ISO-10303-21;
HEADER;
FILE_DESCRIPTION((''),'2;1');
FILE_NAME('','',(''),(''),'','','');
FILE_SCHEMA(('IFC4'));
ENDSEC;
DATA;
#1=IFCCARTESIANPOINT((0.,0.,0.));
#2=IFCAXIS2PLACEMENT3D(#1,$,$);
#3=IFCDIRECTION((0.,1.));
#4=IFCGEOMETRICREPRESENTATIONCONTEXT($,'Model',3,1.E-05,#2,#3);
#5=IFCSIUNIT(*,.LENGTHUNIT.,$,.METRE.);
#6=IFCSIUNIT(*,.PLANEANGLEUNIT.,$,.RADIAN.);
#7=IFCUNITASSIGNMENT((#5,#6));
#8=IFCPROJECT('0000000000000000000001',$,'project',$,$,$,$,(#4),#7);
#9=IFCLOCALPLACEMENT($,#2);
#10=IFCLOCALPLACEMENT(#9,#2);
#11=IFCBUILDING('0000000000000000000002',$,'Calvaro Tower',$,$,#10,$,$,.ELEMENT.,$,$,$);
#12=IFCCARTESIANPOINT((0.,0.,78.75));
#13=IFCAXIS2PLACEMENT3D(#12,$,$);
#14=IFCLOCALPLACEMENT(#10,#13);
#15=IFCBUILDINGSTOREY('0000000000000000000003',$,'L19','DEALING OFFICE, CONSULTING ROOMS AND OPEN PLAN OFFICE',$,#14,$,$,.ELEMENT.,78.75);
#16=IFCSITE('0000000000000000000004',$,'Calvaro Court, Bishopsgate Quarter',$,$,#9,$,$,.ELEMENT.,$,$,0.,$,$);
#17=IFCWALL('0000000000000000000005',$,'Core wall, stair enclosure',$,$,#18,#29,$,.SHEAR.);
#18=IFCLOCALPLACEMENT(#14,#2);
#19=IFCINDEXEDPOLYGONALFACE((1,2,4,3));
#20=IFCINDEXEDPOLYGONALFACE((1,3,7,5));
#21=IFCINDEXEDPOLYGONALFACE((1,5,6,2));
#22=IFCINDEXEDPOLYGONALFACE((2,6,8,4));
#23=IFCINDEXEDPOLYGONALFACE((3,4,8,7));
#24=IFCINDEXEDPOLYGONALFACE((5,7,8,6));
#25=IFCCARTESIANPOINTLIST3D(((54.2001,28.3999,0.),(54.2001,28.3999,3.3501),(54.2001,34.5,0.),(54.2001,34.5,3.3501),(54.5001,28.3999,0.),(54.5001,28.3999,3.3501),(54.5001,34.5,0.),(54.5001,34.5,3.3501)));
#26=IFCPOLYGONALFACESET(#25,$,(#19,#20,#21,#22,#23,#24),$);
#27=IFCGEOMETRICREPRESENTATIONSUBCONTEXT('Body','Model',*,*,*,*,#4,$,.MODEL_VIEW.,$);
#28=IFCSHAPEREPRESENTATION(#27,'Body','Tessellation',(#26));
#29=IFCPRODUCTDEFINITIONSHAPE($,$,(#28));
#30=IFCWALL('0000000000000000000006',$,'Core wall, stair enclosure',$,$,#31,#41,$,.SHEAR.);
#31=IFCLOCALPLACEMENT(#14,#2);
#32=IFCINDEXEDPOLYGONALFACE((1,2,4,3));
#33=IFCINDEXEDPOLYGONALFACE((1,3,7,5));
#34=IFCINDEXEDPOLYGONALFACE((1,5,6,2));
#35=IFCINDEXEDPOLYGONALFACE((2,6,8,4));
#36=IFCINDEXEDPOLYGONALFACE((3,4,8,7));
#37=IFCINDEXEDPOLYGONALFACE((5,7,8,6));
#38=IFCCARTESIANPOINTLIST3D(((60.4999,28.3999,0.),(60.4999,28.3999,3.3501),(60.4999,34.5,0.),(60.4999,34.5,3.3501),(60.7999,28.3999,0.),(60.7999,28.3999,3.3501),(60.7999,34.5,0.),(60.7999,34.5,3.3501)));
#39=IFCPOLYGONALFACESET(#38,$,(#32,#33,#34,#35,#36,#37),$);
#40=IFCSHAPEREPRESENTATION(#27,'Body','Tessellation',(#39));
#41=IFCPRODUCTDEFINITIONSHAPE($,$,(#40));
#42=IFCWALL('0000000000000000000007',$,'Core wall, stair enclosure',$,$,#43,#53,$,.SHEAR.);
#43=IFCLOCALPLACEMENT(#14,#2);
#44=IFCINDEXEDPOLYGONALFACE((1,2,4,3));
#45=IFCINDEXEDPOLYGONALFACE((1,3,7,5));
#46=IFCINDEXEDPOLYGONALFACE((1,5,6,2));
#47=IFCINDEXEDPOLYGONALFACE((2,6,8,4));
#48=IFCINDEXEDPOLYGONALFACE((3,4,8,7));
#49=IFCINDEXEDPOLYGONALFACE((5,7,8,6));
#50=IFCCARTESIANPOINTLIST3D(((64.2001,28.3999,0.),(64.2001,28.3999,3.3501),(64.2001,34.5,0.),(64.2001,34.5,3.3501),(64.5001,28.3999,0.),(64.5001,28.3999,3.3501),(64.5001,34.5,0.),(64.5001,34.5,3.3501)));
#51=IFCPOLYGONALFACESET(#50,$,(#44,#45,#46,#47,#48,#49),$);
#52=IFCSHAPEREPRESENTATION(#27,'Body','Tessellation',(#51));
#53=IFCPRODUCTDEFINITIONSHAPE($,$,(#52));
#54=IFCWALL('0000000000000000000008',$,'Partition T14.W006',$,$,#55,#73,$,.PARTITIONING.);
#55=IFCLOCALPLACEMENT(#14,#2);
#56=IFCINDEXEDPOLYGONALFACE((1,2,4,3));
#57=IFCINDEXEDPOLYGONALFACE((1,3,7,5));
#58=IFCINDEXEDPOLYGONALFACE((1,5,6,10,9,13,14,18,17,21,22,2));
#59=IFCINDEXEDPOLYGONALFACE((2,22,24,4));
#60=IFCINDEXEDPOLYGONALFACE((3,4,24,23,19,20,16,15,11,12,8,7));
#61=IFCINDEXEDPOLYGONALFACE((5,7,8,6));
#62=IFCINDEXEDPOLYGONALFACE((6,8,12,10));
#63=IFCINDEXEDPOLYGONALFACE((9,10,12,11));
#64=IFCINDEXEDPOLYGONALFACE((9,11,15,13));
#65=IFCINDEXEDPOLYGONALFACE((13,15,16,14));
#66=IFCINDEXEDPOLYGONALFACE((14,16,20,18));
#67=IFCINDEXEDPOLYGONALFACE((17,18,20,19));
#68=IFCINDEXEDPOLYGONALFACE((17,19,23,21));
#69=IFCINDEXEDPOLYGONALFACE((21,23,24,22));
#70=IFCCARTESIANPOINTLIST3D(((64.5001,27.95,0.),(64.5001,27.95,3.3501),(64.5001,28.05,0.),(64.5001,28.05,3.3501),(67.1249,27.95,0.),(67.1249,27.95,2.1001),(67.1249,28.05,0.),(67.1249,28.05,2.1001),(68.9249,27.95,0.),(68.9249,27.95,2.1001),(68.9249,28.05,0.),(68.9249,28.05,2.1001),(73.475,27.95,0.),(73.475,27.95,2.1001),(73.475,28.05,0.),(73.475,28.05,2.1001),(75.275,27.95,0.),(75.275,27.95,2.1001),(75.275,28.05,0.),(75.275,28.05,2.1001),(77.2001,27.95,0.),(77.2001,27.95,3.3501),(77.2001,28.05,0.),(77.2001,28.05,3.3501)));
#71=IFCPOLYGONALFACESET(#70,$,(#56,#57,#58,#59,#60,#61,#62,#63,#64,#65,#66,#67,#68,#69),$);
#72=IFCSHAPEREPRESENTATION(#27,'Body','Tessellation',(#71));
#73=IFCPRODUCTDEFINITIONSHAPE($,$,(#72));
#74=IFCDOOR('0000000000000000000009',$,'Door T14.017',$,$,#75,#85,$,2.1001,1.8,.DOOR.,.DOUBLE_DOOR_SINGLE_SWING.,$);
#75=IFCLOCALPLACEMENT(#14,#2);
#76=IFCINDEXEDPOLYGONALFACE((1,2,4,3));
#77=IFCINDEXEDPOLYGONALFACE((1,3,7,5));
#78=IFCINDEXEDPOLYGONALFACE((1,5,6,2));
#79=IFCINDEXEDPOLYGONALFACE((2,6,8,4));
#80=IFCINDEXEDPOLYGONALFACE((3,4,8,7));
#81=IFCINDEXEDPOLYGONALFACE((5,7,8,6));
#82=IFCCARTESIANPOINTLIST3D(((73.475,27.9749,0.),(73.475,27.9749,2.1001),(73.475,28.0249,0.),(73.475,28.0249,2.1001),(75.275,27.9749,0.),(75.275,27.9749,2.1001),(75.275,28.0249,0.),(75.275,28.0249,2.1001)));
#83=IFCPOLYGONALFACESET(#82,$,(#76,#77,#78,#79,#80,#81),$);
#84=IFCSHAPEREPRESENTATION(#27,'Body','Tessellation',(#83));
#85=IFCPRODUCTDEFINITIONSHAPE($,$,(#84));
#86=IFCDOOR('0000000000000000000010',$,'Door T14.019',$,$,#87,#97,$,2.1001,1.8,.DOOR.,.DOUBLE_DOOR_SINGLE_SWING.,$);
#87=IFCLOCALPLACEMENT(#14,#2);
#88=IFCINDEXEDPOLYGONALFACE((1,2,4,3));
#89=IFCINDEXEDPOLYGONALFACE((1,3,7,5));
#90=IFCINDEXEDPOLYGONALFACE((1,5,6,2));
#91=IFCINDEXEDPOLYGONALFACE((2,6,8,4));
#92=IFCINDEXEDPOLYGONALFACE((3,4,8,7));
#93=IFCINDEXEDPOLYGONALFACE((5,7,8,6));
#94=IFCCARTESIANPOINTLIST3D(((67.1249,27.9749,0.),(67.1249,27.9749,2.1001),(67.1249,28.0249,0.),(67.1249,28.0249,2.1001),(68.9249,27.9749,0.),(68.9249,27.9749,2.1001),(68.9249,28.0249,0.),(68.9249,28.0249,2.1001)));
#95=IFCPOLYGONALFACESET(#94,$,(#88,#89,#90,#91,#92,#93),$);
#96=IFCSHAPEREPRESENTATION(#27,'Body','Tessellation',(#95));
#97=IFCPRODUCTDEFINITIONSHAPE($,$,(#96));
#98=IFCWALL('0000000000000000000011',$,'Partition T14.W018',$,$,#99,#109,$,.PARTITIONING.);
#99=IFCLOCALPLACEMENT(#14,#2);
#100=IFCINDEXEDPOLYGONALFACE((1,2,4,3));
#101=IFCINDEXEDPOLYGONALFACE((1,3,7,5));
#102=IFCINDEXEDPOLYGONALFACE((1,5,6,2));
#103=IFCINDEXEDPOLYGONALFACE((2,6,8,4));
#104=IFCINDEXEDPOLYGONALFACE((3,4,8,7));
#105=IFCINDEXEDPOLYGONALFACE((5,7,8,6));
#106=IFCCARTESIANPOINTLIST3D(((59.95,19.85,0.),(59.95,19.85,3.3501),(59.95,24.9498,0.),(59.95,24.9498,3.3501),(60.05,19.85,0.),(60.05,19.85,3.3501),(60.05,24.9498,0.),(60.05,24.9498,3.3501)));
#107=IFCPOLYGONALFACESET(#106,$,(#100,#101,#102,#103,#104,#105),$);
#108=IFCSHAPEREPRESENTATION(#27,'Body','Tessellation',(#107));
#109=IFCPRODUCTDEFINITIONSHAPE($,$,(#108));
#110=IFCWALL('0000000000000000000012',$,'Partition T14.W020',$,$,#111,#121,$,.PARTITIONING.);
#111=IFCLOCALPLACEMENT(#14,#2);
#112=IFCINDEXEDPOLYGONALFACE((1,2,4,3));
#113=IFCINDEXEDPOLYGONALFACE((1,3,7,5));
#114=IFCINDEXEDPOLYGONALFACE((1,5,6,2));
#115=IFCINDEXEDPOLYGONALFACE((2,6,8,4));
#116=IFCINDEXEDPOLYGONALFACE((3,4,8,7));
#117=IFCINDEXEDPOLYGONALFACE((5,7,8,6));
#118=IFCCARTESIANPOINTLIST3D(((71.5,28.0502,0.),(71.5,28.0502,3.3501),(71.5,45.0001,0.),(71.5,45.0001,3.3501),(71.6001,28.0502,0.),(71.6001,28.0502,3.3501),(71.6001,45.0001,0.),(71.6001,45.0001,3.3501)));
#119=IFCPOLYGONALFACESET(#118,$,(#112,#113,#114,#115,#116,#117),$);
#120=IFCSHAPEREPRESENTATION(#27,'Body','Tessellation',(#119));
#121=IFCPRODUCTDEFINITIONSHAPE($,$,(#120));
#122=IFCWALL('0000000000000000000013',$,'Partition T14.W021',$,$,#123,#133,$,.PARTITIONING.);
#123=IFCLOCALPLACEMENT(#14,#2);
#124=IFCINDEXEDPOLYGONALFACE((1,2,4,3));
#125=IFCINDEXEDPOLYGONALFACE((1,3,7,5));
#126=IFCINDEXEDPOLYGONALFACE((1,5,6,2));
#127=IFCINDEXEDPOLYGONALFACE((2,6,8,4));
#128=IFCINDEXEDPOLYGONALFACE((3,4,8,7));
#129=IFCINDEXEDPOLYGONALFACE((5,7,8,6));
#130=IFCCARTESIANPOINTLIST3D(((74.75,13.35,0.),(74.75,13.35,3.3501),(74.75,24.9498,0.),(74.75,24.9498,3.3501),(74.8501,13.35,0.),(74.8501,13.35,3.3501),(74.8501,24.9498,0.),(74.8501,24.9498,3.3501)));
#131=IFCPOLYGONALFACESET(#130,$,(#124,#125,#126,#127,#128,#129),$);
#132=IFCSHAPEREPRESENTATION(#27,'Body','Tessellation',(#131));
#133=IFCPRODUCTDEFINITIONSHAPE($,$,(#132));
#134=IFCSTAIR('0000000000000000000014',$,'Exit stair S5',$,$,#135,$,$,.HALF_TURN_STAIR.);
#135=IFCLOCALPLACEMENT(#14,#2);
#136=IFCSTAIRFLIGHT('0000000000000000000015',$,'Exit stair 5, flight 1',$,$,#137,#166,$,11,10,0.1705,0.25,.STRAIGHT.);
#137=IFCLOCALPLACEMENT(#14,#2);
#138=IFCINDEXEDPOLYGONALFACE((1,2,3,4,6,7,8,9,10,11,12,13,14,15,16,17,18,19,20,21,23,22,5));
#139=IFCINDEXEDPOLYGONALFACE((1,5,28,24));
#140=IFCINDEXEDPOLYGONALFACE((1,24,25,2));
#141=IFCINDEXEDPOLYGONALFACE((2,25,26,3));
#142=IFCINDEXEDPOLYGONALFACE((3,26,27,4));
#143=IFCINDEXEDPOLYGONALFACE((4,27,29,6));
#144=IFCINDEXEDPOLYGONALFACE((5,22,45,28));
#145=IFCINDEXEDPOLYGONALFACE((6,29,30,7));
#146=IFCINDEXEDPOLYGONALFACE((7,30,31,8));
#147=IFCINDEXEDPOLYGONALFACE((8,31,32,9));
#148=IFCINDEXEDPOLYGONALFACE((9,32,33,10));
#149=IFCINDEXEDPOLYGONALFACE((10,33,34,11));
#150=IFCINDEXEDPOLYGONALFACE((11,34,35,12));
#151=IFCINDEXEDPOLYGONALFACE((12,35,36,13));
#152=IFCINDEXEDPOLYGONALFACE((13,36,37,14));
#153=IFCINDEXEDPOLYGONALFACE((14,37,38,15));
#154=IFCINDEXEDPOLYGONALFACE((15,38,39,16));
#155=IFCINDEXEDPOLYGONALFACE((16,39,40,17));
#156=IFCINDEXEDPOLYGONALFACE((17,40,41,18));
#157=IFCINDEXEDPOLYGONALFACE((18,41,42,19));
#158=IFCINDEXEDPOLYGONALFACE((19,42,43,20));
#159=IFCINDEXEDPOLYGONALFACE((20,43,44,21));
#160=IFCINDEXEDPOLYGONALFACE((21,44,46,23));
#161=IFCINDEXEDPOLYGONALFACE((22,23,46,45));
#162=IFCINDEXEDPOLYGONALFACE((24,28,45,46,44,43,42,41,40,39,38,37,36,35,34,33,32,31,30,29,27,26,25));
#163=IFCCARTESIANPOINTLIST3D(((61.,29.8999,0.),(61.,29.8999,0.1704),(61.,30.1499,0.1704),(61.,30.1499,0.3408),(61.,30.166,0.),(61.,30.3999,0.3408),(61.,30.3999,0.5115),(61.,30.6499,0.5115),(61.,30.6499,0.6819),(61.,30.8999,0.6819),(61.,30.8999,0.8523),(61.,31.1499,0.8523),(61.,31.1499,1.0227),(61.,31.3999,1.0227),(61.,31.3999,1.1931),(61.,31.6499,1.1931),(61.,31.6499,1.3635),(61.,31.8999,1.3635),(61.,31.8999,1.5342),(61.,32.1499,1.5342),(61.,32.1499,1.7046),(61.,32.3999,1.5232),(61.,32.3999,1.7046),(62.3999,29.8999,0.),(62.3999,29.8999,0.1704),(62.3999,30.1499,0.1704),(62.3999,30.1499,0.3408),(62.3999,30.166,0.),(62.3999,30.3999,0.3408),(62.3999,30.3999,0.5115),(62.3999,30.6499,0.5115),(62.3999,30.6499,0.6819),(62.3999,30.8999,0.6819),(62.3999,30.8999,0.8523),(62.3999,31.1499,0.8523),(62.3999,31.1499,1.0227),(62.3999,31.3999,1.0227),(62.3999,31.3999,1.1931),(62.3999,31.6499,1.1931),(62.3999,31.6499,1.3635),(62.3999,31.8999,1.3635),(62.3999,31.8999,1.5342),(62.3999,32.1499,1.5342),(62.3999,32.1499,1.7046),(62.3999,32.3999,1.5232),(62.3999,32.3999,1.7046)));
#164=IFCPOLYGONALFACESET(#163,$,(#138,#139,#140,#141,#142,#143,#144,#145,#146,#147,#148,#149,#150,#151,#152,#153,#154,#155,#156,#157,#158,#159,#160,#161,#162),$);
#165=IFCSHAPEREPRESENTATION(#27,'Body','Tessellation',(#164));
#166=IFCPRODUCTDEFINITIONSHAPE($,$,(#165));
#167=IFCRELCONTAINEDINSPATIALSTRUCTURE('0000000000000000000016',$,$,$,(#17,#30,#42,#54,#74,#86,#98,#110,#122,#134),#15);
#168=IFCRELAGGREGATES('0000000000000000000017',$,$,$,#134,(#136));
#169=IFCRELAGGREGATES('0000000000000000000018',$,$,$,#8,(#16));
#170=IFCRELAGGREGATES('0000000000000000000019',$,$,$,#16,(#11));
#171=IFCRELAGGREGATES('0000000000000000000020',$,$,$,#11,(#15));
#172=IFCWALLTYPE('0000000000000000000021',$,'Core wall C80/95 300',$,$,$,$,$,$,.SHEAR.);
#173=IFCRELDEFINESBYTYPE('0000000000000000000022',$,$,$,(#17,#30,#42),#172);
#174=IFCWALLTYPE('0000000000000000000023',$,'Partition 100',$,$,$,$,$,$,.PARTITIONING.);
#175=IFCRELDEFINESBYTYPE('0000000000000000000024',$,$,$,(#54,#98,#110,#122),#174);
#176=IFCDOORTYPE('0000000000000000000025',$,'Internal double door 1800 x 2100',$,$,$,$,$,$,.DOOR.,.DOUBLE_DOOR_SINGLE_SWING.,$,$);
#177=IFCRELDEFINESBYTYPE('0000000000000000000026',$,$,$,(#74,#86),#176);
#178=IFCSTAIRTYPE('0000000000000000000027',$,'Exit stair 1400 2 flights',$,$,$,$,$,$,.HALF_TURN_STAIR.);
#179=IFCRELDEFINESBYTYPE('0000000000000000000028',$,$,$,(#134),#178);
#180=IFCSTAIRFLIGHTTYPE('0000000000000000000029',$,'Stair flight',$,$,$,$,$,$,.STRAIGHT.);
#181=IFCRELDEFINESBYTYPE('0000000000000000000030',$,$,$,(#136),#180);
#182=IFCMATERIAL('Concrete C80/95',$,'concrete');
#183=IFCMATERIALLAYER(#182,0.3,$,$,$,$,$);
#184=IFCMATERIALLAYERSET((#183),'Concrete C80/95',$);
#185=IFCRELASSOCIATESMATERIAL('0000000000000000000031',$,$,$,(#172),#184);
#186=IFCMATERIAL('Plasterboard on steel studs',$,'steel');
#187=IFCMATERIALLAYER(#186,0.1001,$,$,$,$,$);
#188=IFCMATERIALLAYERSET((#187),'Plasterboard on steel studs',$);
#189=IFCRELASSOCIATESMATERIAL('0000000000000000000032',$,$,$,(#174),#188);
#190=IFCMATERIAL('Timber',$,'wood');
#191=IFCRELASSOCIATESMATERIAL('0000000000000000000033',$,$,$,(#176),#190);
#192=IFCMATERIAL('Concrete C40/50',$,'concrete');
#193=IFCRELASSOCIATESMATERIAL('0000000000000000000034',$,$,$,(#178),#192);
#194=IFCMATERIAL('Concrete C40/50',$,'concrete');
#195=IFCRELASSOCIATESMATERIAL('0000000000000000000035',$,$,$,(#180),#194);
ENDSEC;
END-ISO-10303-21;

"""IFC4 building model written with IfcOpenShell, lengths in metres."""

from ifc_helpers import new_model, si_unit, direction, frame, frame_2d, origin, place, context, subcontext, project, spatial, polyline, rectangle, outline, extrude, material, layer, layer_set, type_object, element, fill, aggregate, save


model = new_model("IFC4")

# Units and contexts
model_context = context("Model", 3, precision=1e-05, world=origin(), true_north=direction((0.0, 1.0)))
body_context = subcontext(model_context, "Body", "Model", "MODEL_VIEW")
ifc_project = project(units=[si_unit("LENGTHUNIT", "METRE"), si_unit("PLANEANGLEUNIT", "RADIAN")], contexts=[model_context])

# Site, building, storey
site_placement = place(None, origin())
site = spatial("IfcSite", under=ifc_project, at=site_placement, Name="Calvaro Court, Bishopsgate Quarter", CompositionType="ELEMENT", RefElevation=0.0)
building_placement = place(site_placement, origin())
building = spatial("IfcBuilding", under=site, at=building_placement, Name="Calvaro Tower", CompositionType="ELEMENT")
storey_placement = place(building_placement, frame((0.0, 0.0, 78.75)))
storey = spatial("IfcBuildingStorey", under=building, at=storey_placement, Name="L19", Description="DEALING OFFICE, CONSULTING ROOMS AND OPEN PLAN OFFICE", CompositionType="ELEMENT", Elevation=78.75)

# Walls
ifc_material_1 = material(Name="Concrete C80/95", Category="concrete")
ifc_layer_1 = layer(ifc_material_1, 0.3)
ifc_layer_set_1 = layer_set([ifc_layer_1], Name="Concrete C80/95")
wall_type_1 = type_object("IfcWallType", Name="Core wall C80/95 300", PredefinedType="SHEAR", material=ifc_layer_set_1)
for number, where, z_axis, x_axis, name in (
    (1, (54.3501, 28.3999, 0.0), (0.0, 0.0, 1.0), (0.0, 1.0, 0.0), "Core wall, stair enclosure"),
    (2, (60.6499, 28.3999, 0.0), (0.0, 0.0, 1.0), (0.0, 1.0, 0.0), "Core wall, stair enclosure"),
    (3, (64.3501, 28.3999, 0.0), (0.0, 0.0, 1.0), (0.0, 1.0, 0.0), "Core wall, stair enclosure"),
):
    element("IfcWall", number, at=place(storey_placement, frame(where, z_axis=z_axis, x_axis=x_axis)), inside=storey, type_object=wall_type_1, Name=name, PredefinedType="SHEAR", context=body_context, shape_type="SweptSolid", body=[
        extrude(rectangle(XDim=6.1001, YDim=0.3, at=frame_2d((3.05, 0.0))), origin(), (0.0, 0.0, 1.0), 3.3501),
    ])

# Wall, openings, doors
ifc_material_2 = material(Name="Plasterboard on steel studs", Category="steel")
ifc_layer_2 = layer(ifc_material_2, 0.1001)
ifc_layer_set_2 = layer_set([ifc_layer_2], Name="Plasterboard on steel studs")
wall_type_2 = type_object("IfcWallType", Name="Partition 100", PredefinedType="PARTITIONING", material=ifc_layer_set_2)
wall_1_placement = place(storey_placement, frame((64.5, 28.0, 0.0), z_axis=(0.0, 0.0, 1.0), x_axis=(1.0, 0.0, 0.0)))
wall_1 = element("IfcWall", 4, at=wall_1_placement, inside=storey, type_object=wall_type_2, Name="Partition T14.W006", PredefinedType="PARTITIONING", context=body_context, shape_type="SweptSolid", body=[
    extrude(rectangle(XDim=12.7, YDim=0.1001, at=frame_2d((6.3501, 0.0))), origin(), (0.0, 0.0, 1.0), 3.3501),
])
opening_1_placement = place(wall_1_placement, frame((8.9751, 0.0, 0.0)))
opening_1 = element("IfcOpeningElement", 5, at=opening_1_placement, cuts=wall_1, PredefinedType="OPENING", context=body_context, shape_type="SweptSolid", body=[
    extrude(rectangle(XDim=1.8, YDim=2.1001, at=frame_2d((0.8999, 1.05))), frame((0.0, 0.0601, 0.0), z_axis=(0.0, -1.0, 0.0), x_axis=(1.0, 0.0, 0.0)), (0.0, 0.0, 1.0), 0.1201),
])
opening_2_placement = place(wall_1_placement, frame((2.625, 0.0, 0.0)))
opening_2 = element("IfcOpeningElement", 6, at=opening_2_placement, cuts=wall_1, PredefinedType="OPENING", context=body_context, shape_type="SweptSolid", body=[
    extrude(rectangle(XDim=1.8, YDim=2.1001, at=frame_2d((0.8999, 1.05))), frame((0.0, 0.0601, 0.0), z_axis=(0.0, -1.0, 0.0), x_axis=(1.0, 0.0, 0.0)), (0.0, 0.0, 1.0), 0.1201),
])
ifc_material_3 = material(Name="Timber", Category="wood")
door_type_1 = type_object("IfcDoorType", Name="Internal double door 1800 x 2100", OperationType="DOUBLE_DOOR_SINGLE_SWING", PredefinedType="DOOR", material=ifc_material_3)
door_1_placement = place(opening_1_placement, origin())
door_1 = element("IfcDoor", 7, at=door_1_placement, inside=storey, type_object=door_type_1, Name="Door T14.017", OperationType="DOUBLE_DOOR_SINGLE_SWING", OverallHeight=2.1001, OverallWidth=1.8, PredefinedType="DOOR", context=body_context, shape_type="SweptSolid", body=[
    extrude(rectangle(XDim=1.8, YDim=2.1001, at=frame_2d((0.8999, 1.05))), frame((0.0, 0.0249, 0.0), z_axis=(0.0, -1.0, 0.0), x_axis=(1.0, 0.0, 0.0)), (0.0, 0.0, 1.0), 0.05),
])
fill(opening_1, door_1)
door_2_placement = place(opening_2_placement, origin())
door_2 = element("IfcDoor", 8, at=door_2_placement, inside=storey, type_object=door_type_1, Name="Door T14.019", OperationType="DOUBLE_DOOR_SINGLE_SWING", OverallHeight=2.1001, OverallWidth=1.8, PredefinedType="DOOR", context=body_context, shape_type="SweptSolid", body=[
    extrude(rectangle(XDim=1.8, YDim=2.1001, at=frame_2d((0.8999, 1.05))), frame((0.0, 0.0249, 0.0), z_axis=(0.0, -1.0, 0.0), x_axis=(1.0, 0.0, 0.0)), (0.0, 0.0, 1.0), 0.05),
])
fill(opening_2, door_2)

# Walls
wall_2_placement = place(storey_placement, frame((60.0, 19.8501, 0.0), z_axis=(0.0, 0.0, 1.0), x_axis=(0.0, 1.0, 0.0)))
element("IfcWall", 9, at=wall_2_placement, inside=storey, type_object=wall_type_2, Name="Partition T14.W018", PredefinedType="PARTITIONING", context=body_context, shape_type="SweptSolid", body=[
    extrude(rectangle(XDim=5.0999, YDim=0.1001, at=frame_2d((2.5498, 0.0))), origin(), (0.0, 0.0, 1.0), 3.3501),
])
wall_3_placement = place(storey_placement, frame((71.55, 28.05, 0.0), z_axis=(0.0, 0.0, 1.0), x_axis=(0.0, 1.0, 0.0)))
element("IfcWall", 10, at=wall_3_placement, inside=storey, type_object=wall_type_2, Name="Partition T14.W020", PredefinedType="PARTITIONING", context=body_context, shape_type="SweptSolid", body=[
    extrude(rectangle(XDim=16.95, YDim=0.1001, at=frame_2d((8.4751, 0.0))), origin(), (0.0, 0.0, 1.0), 3.3501),
])
wall_4_placement = place(storey_placement, frame((74.8, 13.3501, 0.0), z_axis=(0.0, 0.0, 1.0), x_axis=(0.0, 1.0, 0.0)))
element("IfcWall", 11, at=wall_4_placement, inside=storey, type_object=wall_type_2, Name="Partition T14.W021", PredefinedType="PARTITIONING", context=body_context, shape_type="SweptSolid", body=[
    extrude(rectangle(XDim=11.5999, YDim=0.1001, at=frame_2d((5.7998, 0.0))), origin(), (0.0, 0.0, 1.0), 3.3501),
])

# Stair, stair flight
ifc_material_4 = material(Name="Concrete C40/50", Category="concrete")
stair_type = type_object("IfcStairType", Name="Exit stair 1400 2 flights", PredefinedType="HALF_TURN_STAIR", material=ifc_material_4)
stair_placement = place(storey_placement, origin())
stair = element("IfcStair", 12, at=stair_placement, inside=storey, type_object=stair_type, Name="Exit stair S5", PredefinedType="HALF_TURN_STAIR")
ifc_material_5 = material(Name="Concrete C40/50", Category="concrete")
stair_flight_type = type_object("IfcStairFlightType", Name="Stair flight", PredefinedType="STRAIGHT", material=ifc_material_5)
stair_flight_placement = place(storey_placement, frame((61.7, 29.8999, 0.0), z_axis=(0.0, 0.0, 1.0), x_axis=(0.0, 1.0, 0.0)))
stair_flight = element("IfcStairFlight", 13, at=stair_flight_placement, type_object=stair_flight_type, Name="Exit stair 5, flight 1", NumberOfRisers=11, NumberOfTreads=10, PredefinedType="STRAIGHT", RiserHeight=0.1705, TreadLength=0.25, context=body_context, shape_type="SweptSolid", body=[
    extrude(outline(polyline([(0.0, 0.0), (0.0, 0.1704), (0.25, 0.1704), (0.25, 0.3408), (0.5, 0.3408), (0.5, 0.5115), (0.75, 0.5115), (0.75, 0.6819), (1.0, 0.6819), (1.0, 0.8523), (1.25, 0.8523), (1.25, 1.0227), (1.5, 1.0227), (1.5, 1.1931), (1.75, 1.1931), (1.75, 1.3635), (2.0, 1.3635), (2.0, 1.5342), (2.25, 1.5342), (2.25, 1.7046), (2.5, 1.7046), (2.5, 1.875), (2.5, 1.5232), (0.2661, 0.0), (0.0, 0.0)])), frame((0.0, 0.7, 0.0), z_axis=(0.0, -1.0, 0.0), x_axis=(1.0, 0.0, 0.0)), (0.0, 0.0, 1.0), 1.3999),
])
aggregate(stair, [stair_flight])

save(model, "model.ifc")
